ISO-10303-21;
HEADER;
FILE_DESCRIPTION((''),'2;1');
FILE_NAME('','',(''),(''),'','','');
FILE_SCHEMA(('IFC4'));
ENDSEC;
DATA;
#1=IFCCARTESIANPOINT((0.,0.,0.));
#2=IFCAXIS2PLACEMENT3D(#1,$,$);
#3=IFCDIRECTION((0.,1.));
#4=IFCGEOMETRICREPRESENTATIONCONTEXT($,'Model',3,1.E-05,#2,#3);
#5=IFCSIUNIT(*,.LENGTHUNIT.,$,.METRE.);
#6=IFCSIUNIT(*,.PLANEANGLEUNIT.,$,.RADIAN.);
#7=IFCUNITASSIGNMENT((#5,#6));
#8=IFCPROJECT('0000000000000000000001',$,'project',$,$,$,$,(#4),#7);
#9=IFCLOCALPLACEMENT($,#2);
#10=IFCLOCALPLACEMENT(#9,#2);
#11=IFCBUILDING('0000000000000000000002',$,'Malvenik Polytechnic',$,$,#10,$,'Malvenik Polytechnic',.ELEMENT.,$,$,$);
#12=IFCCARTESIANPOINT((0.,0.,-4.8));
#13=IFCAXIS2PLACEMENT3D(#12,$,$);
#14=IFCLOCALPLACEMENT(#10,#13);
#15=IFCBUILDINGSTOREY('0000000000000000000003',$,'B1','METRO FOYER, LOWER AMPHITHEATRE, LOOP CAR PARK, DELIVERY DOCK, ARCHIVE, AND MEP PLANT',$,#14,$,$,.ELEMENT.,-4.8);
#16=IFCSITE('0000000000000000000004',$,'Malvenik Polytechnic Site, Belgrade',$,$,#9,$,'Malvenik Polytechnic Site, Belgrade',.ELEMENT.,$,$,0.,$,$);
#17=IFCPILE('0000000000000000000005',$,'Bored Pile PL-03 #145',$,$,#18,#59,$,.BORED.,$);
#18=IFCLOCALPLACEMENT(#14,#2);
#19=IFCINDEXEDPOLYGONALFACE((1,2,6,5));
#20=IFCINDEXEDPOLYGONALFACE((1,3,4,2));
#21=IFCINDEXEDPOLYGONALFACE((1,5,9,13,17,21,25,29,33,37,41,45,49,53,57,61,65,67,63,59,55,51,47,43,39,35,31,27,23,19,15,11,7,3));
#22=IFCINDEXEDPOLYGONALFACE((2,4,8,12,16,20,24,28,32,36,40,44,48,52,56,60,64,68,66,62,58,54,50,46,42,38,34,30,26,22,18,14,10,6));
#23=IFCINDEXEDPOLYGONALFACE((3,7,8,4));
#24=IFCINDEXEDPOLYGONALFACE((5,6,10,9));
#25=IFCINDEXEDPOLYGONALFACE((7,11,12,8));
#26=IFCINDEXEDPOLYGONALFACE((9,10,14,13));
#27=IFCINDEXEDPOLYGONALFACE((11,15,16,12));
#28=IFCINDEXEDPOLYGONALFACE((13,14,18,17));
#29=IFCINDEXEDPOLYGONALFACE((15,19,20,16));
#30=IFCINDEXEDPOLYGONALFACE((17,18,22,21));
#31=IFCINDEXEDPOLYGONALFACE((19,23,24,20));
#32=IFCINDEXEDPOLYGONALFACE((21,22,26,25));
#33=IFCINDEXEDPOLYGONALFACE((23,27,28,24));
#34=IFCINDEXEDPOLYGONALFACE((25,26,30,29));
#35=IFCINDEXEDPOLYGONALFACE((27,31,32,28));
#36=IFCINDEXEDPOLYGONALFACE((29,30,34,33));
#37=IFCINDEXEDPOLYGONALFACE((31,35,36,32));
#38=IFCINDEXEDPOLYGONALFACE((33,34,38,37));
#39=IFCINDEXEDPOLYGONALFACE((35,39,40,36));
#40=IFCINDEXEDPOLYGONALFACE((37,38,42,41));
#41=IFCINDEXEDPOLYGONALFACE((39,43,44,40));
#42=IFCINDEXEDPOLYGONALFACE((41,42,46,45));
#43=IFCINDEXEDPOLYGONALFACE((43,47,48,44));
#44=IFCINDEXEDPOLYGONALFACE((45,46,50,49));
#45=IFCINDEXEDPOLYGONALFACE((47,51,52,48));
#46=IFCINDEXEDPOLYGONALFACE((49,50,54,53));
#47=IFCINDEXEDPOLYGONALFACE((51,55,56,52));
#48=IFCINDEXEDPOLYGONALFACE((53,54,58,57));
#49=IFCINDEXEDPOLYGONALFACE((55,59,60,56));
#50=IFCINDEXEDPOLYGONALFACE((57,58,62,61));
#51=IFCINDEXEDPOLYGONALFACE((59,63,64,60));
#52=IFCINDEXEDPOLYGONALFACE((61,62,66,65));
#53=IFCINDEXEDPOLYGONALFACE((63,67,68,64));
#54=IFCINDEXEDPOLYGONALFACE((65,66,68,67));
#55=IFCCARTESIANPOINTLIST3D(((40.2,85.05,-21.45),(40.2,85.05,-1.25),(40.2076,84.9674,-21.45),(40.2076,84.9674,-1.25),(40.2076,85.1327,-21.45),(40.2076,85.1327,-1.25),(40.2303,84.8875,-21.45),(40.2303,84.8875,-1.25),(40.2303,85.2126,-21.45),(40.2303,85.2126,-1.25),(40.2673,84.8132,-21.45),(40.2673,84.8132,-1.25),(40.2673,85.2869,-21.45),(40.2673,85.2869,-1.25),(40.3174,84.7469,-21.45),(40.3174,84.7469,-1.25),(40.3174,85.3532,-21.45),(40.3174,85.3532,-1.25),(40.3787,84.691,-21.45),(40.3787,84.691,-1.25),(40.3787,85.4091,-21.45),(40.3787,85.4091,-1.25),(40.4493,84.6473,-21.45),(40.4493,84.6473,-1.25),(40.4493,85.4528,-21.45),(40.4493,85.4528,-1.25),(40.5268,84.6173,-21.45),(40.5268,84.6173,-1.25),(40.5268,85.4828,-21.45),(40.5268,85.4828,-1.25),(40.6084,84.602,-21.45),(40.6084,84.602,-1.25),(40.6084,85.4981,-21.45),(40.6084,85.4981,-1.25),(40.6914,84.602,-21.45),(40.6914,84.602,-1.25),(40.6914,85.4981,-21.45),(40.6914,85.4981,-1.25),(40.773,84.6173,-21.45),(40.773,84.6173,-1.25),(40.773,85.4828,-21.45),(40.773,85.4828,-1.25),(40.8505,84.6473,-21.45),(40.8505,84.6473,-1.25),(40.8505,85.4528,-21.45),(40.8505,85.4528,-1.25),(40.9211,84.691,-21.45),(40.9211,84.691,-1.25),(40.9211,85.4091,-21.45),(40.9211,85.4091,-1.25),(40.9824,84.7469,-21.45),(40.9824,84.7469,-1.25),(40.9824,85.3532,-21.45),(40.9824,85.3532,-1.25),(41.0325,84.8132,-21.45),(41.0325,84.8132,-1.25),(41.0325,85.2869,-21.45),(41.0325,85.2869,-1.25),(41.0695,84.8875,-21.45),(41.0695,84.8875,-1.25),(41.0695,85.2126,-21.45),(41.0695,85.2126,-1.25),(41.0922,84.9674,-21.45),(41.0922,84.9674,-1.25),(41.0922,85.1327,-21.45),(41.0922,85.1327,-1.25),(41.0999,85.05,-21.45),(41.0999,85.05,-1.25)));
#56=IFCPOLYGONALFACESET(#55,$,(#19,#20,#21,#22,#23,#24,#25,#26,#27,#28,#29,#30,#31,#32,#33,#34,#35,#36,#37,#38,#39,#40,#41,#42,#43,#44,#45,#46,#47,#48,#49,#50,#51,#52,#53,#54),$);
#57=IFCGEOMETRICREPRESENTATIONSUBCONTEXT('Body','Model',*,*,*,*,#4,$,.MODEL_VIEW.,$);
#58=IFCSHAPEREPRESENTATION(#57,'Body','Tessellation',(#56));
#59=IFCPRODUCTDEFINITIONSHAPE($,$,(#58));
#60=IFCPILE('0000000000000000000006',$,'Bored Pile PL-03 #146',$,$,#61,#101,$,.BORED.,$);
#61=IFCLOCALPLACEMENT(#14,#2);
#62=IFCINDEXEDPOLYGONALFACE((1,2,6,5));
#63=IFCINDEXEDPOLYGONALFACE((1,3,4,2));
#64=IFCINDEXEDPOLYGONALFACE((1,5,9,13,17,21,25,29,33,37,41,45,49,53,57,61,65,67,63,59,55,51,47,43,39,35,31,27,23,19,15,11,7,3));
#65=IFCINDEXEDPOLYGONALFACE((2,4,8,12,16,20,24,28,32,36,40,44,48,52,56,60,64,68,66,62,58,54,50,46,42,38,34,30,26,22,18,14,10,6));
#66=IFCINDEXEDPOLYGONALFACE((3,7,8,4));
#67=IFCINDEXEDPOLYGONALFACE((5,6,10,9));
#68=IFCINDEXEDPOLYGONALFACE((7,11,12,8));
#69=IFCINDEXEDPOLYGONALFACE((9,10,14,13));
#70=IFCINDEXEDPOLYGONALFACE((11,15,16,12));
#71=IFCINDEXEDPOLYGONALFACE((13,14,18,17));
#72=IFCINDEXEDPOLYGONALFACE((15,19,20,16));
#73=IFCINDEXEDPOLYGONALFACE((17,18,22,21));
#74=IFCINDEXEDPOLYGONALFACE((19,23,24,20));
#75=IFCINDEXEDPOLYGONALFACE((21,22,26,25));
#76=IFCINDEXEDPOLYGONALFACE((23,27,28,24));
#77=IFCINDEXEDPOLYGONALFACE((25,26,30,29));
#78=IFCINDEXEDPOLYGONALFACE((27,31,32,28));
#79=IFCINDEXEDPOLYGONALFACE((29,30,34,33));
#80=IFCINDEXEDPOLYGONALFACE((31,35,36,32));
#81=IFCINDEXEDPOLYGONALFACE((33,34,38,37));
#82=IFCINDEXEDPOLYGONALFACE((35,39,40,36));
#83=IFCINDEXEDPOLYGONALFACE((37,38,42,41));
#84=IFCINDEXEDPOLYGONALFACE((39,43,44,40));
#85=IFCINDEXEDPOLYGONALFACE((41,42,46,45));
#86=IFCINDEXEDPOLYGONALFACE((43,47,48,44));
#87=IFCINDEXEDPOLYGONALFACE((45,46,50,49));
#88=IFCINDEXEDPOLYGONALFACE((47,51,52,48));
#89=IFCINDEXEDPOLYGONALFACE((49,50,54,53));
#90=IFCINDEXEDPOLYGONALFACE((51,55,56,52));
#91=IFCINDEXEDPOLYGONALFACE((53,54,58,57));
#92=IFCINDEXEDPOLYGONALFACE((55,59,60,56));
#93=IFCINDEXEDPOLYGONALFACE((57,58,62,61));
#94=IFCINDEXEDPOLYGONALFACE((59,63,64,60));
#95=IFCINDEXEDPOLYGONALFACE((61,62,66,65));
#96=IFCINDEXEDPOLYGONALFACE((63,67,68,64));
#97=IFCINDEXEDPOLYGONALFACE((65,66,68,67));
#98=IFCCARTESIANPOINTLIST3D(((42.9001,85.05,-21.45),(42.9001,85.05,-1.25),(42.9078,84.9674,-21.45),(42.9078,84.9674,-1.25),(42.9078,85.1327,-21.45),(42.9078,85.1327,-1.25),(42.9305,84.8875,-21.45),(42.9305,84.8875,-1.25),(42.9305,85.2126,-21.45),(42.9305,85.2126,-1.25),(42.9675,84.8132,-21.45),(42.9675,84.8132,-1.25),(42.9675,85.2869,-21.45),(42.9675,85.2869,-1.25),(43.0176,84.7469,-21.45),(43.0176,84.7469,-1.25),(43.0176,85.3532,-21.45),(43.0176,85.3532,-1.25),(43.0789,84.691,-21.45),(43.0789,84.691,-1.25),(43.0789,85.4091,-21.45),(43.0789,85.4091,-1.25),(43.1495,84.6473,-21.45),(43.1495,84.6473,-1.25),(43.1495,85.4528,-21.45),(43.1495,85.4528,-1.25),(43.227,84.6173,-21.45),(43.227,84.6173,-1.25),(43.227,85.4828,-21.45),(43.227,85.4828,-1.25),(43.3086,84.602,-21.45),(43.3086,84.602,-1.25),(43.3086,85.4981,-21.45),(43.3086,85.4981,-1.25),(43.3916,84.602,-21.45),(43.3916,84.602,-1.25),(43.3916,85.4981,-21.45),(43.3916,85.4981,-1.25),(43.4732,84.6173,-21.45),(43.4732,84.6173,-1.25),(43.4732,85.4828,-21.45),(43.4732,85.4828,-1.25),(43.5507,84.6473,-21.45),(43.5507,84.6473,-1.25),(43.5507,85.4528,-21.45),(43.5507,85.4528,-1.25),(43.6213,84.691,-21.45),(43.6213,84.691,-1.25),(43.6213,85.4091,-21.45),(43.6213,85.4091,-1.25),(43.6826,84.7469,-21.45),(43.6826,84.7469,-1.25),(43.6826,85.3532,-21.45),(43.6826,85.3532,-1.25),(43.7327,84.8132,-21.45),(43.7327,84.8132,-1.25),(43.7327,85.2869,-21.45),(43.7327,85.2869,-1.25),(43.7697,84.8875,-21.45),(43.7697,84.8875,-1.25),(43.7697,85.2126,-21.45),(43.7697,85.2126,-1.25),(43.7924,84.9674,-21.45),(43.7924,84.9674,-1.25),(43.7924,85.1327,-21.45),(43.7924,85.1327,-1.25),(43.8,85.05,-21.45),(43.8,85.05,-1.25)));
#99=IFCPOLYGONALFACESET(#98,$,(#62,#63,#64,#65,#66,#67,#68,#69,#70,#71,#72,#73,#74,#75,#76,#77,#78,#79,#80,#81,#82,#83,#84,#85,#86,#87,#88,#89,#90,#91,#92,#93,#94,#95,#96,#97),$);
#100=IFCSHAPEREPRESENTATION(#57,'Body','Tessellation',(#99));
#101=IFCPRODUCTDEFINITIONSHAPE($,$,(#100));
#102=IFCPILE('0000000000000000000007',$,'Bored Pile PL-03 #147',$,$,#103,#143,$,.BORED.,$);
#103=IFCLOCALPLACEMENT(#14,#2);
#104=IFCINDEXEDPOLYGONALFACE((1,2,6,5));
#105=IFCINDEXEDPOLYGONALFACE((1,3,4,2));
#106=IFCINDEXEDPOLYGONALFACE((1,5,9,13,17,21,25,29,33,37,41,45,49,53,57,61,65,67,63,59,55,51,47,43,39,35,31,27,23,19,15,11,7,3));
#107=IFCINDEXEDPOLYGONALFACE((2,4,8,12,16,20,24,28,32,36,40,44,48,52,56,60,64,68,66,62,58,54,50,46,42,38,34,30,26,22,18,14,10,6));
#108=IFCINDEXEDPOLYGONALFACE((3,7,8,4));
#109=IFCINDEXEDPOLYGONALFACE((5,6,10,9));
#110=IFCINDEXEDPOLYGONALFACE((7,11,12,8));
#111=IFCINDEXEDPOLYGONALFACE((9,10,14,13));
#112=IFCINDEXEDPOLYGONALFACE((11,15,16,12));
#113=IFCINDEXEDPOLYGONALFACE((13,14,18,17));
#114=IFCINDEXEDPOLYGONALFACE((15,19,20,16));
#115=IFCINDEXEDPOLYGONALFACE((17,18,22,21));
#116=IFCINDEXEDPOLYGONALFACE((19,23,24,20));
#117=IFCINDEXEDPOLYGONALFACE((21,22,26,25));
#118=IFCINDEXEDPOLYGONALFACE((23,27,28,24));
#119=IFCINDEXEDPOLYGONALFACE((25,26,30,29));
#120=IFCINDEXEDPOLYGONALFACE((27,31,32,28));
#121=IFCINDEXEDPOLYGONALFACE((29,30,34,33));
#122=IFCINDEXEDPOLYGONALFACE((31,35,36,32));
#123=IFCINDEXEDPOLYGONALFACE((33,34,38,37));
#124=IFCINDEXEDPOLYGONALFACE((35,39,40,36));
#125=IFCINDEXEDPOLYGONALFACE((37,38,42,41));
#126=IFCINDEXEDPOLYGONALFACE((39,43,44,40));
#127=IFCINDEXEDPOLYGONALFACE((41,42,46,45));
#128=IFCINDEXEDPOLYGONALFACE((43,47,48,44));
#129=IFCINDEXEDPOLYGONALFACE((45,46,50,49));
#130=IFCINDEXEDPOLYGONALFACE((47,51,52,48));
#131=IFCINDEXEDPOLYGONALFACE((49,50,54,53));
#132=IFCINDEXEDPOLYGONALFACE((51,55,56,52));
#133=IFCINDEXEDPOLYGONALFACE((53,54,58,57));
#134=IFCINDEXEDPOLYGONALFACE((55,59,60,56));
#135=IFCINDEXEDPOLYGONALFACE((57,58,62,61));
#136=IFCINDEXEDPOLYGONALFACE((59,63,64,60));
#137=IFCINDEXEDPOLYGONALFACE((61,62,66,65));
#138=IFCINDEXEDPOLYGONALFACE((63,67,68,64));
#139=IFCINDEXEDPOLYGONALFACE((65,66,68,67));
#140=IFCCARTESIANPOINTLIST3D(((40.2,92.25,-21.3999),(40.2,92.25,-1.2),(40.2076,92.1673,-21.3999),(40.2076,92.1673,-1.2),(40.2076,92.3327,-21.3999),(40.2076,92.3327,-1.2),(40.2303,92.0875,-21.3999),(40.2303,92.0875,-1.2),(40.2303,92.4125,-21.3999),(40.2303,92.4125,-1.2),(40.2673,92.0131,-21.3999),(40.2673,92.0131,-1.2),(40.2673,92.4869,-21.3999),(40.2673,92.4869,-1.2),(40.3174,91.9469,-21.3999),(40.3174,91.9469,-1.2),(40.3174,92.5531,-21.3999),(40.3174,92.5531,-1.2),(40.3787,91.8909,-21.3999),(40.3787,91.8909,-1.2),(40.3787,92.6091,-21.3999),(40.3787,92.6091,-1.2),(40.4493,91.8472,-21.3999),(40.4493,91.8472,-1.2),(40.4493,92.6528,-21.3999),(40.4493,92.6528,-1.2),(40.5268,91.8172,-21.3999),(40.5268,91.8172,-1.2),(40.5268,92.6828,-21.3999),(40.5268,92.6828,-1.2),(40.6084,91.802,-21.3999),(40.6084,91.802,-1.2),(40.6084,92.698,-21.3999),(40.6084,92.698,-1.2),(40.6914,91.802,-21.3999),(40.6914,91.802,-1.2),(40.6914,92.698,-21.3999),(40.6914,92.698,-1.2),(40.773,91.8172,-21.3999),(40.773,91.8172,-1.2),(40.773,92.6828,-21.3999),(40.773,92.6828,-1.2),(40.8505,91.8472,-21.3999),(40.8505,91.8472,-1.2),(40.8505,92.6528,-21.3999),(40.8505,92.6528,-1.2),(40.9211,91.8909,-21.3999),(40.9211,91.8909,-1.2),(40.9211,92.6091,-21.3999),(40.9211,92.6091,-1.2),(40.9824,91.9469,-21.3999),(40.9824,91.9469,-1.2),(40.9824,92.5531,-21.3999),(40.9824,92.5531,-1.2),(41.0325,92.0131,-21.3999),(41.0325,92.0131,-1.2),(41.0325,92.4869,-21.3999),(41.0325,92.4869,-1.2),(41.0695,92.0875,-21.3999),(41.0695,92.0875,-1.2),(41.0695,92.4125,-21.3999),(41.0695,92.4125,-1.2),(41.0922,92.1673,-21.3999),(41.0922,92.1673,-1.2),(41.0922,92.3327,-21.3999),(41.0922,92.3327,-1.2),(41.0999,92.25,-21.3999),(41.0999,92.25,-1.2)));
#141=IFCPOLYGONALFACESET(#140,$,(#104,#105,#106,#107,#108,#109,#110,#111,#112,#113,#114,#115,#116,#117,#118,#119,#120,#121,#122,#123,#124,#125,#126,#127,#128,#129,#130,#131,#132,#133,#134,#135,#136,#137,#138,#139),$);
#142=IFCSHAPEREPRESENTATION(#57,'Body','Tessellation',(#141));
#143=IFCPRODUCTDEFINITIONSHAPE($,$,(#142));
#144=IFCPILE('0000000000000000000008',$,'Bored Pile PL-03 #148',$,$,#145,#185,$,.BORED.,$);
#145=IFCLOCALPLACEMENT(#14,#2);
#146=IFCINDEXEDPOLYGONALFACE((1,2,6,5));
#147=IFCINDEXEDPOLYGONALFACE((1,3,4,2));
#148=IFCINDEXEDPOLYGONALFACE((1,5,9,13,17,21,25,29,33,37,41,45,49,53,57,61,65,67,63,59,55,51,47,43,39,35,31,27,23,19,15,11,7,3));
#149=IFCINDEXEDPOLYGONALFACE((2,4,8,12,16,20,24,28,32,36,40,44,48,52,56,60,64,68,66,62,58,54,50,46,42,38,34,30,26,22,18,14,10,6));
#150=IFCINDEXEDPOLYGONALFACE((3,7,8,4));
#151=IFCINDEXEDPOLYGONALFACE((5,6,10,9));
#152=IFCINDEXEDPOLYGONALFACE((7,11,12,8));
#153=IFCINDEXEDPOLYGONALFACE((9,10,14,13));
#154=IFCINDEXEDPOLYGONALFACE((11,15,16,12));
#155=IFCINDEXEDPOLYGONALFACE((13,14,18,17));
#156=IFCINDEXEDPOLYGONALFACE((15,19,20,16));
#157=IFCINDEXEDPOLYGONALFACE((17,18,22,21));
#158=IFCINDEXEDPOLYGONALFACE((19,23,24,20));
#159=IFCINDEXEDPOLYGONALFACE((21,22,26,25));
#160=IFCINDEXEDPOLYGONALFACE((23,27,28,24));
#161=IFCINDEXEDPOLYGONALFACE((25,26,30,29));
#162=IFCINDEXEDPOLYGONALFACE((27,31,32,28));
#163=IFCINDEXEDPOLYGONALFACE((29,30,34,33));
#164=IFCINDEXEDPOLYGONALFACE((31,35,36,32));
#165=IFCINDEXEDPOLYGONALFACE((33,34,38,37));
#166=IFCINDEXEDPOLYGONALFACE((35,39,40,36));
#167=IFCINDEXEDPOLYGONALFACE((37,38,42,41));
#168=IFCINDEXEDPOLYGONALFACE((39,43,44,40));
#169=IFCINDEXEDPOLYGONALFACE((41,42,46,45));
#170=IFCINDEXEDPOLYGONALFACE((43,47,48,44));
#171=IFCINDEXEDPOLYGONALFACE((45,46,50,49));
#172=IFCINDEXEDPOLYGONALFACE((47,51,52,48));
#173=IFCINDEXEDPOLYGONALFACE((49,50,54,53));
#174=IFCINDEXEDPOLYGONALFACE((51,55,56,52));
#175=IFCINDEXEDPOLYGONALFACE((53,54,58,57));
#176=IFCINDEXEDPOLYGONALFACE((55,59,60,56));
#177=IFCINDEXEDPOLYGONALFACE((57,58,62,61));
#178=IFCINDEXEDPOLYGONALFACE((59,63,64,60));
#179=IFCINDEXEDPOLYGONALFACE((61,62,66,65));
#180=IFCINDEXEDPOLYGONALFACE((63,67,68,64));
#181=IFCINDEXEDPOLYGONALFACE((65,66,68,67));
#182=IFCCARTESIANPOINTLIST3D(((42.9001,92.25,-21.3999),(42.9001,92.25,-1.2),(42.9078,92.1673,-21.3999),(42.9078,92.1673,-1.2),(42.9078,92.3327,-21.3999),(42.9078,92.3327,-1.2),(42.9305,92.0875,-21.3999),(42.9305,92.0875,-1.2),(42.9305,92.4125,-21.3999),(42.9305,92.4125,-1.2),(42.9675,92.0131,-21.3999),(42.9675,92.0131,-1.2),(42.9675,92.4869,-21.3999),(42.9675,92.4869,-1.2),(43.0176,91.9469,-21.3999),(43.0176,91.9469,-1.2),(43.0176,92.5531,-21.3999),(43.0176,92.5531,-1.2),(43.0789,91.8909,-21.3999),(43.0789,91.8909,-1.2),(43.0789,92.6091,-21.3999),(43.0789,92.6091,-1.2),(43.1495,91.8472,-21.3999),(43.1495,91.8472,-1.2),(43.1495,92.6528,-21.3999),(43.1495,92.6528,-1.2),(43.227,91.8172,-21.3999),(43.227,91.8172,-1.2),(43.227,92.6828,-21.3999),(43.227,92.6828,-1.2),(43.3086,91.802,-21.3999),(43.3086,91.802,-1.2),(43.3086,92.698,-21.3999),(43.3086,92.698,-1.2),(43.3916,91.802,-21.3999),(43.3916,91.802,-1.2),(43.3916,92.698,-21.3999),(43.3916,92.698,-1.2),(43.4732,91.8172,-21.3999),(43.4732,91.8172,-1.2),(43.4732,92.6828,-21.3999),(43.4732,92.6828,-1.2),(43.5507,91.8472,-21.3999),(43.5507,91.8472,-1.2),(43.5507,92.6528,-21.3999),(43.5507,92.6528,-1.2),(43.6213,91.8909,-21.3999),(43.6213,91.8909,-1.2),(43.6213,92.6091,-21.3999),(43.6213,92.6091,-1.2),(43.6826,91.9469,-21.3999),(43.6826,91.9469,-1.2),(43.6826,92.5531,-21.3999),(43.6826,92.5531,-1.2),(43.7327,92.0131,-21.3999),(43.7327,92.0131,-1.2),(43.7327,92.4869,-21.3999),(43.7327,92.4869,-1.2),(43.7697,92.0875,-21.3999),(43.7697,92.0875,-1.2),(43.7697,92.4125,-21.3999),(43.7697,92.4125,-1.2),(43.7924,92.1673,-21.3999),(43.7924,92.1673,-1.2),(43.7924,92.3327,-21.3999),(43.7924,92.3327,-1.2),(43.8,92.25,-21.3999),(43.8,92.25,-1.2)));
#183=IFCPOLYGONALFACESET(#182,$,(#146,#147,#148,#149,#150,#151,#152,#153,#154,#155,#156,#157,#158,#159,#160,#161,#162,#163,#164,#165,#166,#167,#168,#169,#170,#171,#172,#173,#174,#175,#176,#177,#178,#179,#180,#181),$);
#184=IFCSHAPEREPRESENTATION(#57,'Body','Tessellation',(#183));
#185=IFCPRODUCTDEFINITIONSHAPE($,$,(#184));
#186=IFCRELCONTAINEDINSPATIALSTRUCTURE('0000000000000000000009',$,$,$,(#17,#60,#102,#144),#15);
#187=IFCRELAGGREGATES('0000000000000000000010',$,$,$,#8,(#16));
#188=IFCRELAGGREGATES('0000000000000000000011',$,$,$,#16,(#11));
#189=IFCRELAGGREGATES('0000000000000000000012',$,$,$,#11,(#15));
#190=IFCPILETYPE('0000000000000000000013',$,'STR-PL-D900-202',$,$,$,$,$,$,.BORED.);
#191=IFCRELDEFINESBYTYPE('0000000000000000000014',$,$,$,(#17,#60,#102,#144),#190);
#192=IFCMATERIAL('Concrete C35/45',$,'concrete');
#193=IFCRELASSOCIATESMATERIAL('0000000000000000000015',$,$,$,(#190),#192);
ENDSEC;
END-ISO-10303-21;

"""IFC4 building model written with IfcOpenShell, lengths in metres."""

from ifc_helpers import new_model, si_unit, direction, frame, origin, origin_2d, place, context, subcontext, project, spatial, circle, extrude, material, material_profile, profile_set, type_object, element, save


model = new_model("IFC4")

# Units and contexts
model_context = context("Model", 3, precision=1e-05, world=origin(), true_north=direction((0.0, 1.0)))
body_context = subcontext(model_context, "Body", "Model", "MODEL_VIEW")
ifc_project = project(units=[si_unit("LENGTHUNIT", "METRE"), si_unit("PLANEANGLEUNIT", "RADIAN")], contexts=[model_context])

# Site, building, storey
site_placement = place(None, origin())
site = spatial("IfcSite", under=ifc_project, at=site_placement, Name="Malvenik Polytechnic Site, Belgrade", LongName="Malvenik Polytechnic Site, Belgrade", CompositionType="ELEMENT", RefElevation=0.0)
building_placement = place(site_placement, origin())
building = spatial("IfcBuilding", under=site, at=building_placement, Name="Malvenik Polytechnic", LongName="Malvenik Polytechnic", CompositionType="ELEMENT")
storey_placement = place(building_placement, frame((0.0, 0.0, -4.8)))
storey = spatial("IfcBuildingStorey", under=building, at=storey_placement, Name="B1", Description="METRO FOYER, LOWER AMPHITHEATRE, LOOP CAR PARK, DELIVERY DOCK, ARCHIVE, AND MEP PLANT", CompositionType="ELEMENT", Elevation=-4.8)

# Shared definitions
ifc_material_1 = material(Name="Concrete C35/45", Category="concrete")

# Piles
ifc_material_profile_1 = material_profile(ifc_material_1, circle(Radius=0.45, at=origin_2d()), Name="BORED PILE D900")
ifc_profile_set_1 = profile_set([ifc_material_profile_1], Name="Concrete C35/45")
pile_type_1 = type_object("IfcPileType", Name="STR-PL-D900-202", PredefinedType="BORED", material=ifc_profile_set_1)
for number, where, z_axis, x_axis, name in (
    (1, (40.6499, 85.05, -1.25), (0.0, 0.0, -1.0), (1.0, 0.0, 0.0), "Bored Pile PL-03 #145"),
    (2, (43.3501, 85.05, -1.25), (0.0, 0.0, -1.0), (1.0, 0.0, 0.0), "Bored Pile PL-03 #146"),
    (3, (40.6499, 92.25, -1.2), (0.0, 0.0, -1.0), (1.0, 0.0, 0.0), "Bored Pile PL-03 #147"),
    (4, (43.3501, 92.25, -1.2), (0.0, 0.0, -1.0), (1.0, 0.0, 0.0), "Bored Pile PL-03 #148"),
):
    element("IfcPile", number, at=place(storey_placement, frame(where, z_axis=z_axis, x_axis=x_axis)), inside=storey, type_object=pile_type_1, Name=name, PredefinedType="BORED", context=body_context, shape_type="SweptSolid", body=[
        extrude(circle(Radius=0.45, at=origin_2d()), origin(), (0.0, 0.0, 1.0), 20.2),
    ])

save(model, "model.ifc")
